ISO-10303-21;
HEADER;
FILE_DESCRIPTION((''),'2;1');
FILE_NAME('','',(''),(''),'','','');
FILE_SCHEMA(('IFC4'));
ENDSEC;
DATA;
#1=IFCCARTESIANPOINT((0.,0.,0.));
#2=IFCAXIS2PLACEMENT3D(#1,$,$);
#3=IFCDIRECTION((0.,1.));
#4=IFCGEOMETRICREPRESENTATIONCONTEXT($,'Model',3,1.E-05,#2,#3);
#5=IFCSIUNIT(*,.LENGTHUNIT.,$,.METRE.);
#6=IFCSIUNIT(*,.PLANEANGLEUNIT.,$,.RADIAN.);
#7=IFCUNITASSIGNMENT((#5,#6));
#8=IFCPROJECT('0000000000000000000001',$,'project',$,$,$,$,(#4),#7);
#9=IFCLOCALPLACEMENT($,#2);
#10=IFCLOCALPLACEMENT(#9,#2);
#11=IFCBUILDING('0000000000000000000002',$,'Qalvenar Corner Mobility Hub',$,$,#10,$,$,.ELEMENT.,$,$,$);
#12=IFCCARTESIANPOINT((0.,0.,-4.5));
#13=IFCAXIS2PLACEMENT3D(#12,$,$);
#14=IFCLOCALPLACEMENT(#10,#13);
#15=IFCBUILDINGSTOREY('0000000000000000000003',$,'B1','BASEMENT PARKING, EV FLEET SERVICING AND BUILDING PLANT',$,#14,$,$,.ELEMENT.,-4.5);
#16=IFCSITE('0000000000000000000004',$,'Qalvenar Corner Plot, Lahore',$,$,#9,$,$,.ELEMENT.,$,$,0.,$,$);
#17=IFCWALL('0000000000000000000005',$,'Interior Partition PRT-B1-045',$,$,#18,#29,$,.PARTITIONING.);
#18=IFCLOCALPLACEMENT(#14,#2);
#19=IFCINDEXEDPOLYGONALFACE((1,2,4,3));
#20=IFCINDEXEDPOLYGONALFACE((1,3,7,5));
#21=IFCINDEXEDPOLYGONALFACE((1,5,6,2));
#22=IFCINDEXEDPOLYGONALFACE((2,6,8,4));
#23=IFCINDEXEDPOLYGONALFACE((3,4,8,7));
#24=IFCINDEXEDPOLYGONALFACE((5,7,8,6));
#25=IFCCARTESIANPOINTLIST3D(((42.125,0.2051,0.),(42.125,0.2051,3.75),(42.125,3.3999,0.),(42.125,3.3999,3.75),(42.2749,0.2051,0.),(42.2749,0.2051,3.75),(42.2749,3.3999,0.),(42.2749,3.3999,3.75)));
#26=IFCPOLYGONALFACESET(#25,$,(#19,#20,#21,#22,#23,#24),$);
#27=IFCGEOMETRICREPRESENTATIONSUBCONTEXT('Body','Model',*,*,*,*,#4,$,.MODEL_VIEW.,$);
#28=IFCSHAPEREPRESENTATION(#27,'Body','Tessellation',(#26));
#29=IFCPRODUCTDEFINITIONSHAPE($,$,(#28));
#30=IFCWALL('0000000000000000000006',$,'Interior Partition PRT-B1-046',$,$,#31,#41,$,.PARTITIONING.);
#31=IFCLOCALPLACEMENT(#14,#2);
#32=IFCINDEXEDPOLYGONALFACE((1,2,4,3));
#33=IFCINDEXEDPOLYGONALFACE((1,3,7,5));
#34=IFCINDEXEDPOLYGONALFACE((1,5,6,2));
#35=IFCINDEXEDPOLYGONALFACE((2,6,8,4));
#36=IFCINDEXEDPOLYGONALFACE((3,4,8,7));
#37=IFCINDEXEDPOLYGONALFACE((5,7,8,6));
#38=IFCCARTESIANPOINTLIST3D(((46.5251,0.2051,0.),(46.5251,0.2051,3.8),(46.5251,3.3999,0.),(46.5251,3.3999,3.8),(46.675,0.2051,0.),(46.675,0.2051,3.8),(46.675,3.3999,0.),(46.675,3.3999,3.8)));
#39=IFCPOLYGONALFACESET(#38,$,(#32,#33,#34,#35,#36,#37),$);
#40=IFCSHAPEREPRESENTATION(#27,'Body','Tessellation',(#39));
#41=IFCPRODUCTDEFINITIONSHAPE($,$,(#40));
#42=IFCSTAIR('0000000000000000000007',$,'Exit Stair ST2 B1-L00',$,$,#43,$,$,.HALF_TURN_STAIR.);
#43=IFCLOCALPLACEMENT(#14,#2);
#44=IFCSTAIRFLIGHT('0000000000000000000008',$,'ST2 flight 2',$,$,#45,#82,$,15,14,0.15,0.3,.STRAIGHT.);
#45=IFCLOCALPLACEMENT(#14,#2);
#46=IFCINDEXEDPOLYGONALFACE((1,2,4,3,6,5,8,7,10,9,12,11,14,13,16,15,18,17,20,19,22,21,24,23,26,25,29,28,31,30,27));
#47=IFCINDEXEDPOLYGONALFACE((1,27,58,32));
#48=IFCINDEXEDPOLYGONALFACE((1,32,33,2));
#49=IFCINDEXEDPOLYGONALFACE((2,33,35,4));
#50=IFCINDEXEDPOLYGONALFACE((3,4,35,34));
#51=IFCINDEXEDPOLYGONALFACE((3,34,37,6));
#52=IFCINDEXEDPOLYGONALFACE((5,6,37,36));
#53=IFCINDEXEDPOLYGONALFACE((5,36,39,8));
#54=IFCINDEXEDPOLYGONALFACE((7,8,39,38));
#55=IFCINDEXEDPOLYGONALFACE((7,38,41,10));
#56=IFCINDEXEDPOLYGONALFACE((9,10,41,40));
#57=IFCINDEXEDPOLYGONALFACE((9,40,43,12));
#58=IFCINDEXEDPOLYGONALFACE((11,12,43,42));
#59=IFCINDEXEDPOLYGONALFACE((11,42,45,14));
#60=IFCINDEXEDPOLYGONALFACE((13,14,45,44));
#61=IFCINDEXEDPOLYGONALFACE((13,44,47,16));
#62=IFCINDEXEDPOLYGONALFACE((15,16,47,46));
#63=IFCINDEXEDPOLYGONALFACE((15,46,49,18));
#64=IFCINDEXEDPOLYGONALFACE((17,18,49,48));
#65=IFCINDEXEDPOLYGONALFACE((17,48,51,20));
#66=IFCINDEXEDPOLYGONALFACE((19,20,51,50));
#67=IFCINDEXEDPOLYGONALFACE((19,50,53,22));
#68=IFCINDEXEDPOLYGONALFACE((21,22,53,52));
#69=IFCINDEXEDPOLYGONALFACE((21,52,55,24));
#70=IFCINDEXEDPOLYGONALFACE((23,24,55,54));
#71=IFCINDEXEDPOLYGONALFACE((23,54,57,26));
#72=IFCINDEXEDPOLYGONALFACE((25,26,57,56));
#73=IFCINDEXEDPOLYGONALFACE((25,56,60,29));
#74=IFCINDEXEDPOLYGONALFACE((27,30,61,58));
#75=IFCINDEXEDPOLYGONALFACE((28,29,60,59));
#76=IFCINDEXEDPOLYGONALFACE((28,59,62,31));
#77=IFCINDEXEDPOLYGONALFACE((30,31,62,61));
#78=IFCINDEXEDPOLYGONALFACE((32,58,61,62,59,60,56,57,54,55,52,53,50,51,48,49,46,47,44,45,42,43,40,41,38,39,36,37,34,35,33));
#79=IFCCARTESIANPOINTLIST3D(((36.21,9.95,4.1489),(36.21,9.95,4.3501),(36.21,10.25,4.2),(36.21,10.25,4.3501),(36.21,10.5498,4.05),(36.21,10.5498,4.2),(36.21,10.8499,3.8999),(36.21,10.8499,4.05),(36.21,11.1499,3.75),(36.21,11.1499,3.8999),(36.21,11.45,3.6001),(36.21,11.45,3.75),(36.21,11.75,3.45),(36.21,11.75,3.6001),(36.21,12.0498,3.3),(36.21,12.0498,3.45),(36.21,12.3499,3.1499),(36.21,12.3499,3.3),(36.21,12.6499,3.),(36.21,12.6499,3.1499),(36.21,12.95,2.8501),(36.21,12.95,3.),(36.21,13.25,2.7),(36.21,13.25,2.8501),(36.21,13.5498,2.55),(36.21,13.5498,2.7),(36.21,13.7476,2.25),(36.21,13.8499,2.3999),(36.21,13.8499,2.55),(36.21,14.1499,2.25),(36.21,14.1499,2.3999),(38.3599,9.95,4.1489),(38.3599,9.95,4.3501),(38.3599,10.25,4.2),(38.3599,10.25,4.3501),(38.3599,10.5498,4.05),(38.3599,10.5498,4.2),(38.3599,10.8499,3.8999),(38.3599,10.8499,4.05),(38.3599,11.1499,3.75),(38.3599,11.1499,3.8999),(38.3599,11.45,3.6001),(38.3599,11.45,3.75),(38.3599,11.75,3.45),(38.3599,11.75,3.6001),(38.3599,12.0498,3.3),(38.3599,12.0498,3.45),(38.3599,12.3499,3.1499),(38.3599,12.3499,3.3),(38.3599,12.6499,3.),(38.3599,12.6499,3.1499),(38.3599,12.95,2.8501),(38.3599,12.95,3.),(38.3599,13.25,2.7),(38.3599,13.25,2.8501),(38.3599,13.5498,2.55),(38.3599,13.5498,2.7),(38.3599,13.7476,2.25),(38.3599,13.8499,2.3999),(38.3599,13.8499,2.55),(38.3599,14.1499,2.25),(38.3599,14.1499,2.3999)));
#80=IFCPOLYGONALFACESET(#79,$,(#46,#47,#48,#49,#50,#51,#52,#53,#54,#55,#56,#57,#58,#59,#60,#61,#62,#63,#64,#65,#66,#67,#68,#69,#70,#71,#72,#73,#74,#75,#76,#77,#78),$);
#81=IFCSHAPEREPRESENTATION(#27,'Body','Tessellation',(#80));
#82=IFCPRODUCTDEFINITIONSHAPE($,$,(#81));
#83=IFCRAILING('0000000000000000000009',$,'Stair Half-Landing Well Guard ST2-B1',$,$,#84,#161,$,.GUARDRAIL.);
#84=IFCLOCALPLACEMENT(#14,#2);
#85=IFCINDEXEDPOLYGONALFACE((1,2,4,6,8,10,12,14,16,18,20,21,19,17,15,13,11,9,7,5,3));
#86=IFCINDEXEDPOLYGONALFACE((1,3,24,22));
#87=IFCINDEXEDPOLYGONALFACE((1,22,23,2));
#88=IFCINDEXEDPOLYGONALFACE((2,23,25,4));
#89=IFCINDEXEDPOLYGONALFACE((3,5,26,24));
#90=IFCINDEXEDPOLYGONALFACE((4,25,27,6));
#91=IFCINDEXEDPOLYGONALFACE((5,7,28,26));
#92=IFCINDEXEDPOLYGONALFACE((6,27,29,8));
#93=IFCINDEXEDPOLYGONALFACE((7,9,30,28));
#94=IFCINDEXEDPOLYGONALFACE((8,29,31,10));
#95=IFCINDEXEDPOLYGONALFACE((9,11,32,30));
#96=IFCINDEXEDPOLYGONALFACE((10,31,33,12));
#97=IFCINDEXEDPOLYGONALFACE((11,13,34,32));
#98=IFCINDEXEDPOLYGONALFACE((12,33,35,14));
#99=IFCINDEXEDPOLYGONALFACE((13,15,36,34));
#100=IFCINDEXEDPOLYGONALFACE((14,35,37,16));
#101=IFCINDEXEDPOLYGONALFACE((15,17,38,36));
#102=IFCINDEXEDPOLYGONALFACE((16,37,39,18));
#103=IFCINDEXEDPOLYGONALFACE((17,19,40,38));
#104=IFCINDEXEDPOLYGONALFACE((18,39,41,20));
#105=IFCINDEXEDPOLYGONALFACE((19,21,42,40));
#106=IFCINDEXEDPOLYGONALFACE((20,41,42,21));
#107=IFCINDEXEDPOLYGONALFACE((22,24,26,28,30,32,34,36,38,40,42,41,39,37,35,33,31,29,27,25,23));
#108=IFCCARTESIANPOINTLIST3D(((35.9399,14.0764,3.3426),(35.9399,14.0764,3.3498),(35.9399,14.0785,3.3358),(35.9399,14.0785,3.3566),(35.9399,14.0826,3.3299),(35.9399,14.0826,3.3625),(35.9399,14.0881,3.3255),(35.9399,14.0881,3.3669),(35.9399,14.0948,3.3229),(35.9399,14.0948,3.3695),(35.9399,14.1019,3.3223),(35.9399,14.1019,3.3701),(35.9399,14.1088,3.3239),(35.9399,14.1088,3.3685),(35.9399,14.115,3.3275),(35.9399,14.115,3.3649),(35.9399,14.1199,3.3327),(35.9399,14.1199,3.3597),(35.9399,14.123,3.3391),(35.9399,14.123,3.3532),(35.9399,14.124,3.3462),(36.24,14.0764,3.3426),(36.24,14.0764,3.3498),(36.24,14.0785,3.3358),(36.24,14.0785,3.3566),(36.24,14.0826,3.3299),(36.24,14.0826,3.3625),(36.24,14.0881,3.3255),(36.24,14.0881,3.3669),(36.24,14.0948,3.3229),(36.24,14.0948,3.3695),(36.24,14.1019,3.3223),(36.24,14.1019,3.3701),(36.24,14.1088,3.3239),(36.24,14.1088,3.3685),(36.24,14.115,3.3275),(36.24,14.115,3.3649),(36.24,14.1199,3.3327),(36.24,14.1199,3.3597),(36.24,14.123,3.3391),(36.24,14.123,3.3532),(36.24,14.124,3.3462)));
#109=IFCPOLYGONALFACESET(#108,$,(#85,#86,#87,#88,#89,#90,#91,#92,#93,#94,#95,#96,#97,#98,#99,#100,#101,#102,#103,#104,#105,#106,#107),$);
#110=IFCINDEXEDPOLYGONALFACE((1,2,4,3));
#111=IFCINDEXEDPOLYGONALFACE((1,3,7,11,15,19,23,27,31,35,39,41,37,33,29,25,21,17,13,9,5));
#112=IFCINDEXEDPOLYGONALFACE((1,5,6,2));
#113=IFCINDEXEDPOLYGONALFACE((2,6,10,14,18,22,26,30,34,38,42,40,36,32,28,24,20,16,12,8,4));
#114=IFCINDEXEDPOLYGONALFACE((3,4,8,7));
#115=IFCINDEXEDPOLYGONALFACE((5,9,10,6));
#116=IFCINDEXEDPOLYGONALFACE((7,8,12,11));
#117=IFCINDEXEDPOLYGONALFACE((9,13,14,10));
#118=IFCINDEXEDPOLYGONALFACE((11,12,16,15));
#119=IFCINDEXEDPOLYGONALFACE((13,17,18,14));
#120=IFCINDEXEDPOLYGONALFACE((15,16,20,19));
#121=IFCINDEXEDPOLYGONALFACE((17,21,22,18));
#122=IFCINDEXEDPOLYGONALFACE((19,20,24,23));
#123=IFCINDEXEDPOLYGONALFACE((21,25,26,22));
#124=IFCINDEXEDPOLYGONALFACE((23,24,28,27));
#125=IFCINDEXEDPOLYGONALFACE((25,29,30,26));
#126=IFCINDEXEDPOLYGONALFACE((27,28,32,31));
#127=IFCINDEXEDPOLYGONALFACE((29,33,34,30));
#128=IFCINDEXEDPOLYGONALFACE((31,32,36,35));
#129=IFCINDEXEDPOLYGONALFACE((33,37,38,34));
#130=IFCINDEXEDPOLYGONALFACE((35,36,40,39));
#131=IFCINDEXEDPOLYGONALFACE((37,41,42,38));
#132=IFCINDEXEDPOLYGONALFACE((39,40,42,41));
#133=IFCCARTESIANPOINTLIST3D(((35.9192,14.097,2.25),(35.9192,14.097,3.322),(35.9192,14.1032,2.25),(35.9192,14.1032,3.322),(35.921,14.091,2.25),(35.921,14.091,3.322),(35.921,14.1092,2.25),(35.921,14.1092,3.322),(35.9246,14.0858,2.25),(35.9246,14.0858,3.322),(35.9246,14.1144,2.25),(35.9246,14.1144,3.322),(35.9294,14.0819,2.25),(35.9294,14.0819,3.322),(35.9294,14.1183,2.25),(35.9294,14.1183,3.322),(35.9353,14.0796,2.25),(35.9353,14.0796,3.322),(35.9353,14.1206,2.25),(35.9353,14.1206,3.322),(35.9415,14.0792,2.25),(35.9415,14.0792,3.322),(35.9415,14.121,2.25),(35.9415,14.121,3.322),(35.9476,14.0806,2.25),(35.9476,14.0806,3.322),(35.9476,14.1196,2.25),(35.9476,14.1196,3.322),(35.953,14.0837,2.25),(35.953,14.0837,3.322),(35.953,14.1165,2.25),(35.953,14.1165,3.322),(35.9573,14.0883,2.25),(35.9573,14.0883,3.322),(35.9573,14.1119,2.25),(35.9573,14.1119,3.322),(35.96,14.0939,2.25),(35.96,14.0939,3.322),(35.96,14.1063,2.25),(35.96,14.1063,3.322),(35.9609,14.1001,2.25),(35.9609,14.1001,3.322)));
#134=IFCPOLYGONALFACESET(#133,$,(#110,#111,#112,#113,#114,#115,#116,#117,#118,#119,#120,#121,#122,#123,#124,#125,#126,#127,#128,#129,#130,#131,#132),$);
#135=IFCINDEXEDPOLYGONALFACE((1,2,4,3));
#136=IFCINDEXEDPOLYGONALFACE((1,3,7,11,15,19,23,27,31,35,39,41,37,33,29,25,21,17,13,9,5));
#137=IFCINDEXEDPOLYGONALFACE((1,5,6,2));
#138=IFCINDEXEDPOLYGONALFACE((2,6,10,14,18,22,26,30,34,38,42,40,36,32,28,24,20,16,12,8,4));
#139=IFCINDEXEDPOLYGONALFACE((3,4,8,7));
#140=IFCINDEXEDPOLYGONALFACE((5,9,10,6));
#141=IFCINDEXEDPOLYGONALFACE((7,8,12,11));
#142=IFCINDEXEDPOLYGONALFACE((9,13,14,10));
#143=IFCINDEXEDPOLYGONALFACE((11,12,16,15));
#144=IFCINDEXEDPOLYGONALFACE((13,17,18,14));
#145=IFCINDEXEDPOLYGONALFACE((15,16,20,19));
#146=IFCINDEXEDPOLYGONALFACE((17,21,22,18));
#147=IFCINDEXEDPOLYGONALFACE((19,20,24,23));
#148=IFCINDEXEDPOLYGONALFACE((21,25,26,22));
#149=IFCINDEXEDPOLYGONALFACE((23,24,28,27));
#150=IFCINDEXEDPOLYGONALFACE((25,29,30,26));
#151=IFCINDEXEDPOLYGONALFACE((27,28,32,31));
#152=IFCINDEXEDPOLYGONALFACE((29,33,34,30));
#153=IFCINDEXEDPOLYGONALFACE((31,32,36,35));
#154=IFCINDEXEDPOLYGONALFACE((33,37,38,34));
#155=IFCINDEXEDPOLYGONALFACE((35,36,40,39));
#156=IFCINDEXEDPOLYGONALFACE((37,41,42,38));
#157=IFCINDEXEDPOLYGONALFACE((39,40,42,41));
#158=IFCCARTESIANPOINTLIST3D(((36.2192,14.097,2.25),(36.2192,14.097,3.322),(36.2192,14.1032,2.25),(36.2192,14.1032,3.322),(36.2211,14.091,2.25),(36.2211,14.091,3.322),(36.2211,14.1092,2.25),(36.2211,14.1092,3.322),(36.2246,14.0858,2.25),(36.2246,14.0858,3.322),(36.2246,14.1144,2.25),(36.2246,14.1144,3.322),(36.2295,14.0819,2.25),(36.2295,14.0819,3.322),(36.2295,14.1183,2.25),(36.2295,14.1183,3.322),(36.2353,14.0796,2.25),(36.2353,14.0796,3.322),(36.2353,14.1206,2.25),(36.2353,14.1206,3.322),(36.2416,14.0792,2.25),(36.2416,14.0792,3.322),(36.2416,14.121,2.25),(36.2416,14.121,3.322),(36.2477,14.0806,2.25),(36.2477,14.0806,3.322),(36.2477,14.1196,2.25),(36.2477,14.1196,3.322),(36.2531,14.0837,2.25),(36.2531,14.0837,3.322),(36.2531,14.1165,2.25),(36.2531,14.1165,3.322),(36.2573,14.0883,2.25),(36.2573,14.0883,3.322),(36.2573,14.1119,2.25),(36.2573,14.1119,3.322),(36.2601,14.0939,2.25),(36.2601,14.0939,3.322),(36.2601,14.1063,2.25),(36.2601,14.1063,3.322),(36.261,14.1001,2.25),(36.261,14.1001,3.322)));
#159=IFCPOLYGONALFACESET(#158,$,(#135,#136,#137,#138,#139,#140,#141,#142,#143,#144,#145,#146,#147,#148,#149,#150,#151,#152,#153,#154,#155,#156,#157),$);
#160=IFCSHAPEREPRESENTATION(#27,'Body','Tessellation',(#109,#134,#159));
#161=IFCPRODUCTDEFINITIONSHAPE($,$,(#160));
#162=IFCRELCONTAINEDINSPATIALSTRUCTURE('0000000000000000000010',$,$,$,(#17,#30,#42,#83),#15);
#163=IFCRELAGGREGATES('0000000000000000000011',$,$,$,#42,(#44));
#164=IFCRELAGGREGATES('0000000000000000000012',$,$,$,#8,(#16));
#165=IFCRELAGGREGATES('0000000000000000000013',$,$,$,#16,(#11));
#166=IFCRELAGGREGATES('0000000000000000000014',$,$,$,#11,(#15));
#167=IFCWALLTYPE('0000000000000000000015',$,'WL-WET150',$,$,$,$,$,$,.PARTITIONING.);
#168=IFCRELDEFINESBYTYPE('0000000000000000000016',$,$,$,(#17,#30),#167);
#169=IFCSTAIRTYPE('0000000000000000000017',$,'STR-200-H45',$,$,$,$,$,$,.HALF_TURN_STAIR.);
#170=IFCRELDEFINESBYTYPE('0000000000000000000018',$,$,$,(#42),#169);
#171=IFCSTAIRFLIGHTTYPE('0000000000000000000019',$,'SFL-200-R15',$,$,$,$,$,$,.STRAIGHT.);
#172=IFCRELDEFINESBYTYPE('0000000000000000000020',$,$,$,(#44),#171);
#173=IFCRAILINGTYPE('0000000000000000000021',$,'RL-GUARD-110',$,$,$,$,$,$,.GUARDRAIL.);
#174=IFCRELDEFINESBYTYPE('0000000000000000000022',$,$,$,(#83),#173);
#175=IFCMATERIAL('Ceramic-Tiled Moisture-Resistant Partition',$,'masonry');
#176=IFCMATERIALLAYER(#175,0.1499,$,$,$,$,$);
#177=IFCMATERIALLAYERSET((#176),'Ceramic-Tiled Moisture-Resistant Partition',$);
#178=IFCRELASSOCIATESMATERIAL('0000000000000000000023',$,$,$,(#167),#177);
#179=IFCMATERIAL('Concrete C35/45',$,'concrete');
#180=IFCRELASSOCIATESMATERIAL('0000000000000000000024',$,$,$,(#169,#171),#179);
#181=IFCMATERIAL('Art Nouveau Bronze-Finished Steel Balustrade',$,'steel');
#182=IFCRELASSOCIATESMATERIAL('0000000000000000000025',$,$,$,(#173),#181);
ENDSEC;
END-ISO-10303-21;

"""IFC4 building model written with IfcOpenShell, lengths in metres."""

from ifc_helpers import new_model, si_unit, direction, frame, frame_2d, origin, origin_2d, place, context, subcontext, project, spatial, polyline, rectangle, circle, outline, extrude, material, layer, layer_set, type_object, element, aggregate, save


model = new_model("IFC4")

# Units and contexts
model_context = context("Model", 3, precision=1e-05, world=origin(), true_north=direction((0.0, 1.0)))
body_context = subcontext(model_context, "Body", "Model", "MODEL_VIEW")
ifc_project = project(units=[si_unit("LENGTHUNIT", "METRE"), si_unit("PLANEANGLEUNIT", "RADIAN")], contexts=[model_context])

# Site, building, storey
site_placement = place(None, origin())
site = spatial("IfcSite", under=ifc_project, at=site_placement, Name="Qalvenar Corner Plot, Lahore", CompositionType="ELEMENT", RefElevation=0.0)
building_placement = place(site_placement, origin())
building = spatial("IfcBuilding", under=site, at=building_placement, Name="Qalvenar Corner Mobility Hub", CompositionType="ELEMENT")
storey_placement = place(building_placement, frame((0.0, 0.0, -4.5)))
storey = spatial("IfcBuildingStorey", under=building, at=storey_placement, Name="B1", Description="BASEMENT PARKING, EV FLEET SERVICING AND BUILDING PLANT", CompositionType="ELEMENT", Elevation=-4.5)

# Shared definitions
ifc_material_1 = material(Name="Ceramic-Tiled Moisture-Resistant Partition", Category="masonry")
ifc_layer_1 = layer(ifc_material_1, 0.1499)
ifc_layer_set_1 = layer_set([ifc_layer_1], Name="Ceramic-Tiled Moisture-Resistant Partition")
wall_type_1 = type_object("IfcWallType", Name="WL-WET150", PredefinedType="PARTITIONING", material=ifc_layer_set_1)

# Walls
wall_1_placement = place(storey_placement, frame((42.2, 0.2051, 0.0), z_axis=(0.0, 0.0, 1.0), x_axis=(0.0, 1.0, 0.0)))
element("IfcWall", 1, at=wall_1_placement, inside=storey, type_object=wall_type_1, Name="Interior Partition PRT-B1-045", PredefinedType="PARTITIONING", context=body_context, shape_type="SweptSolid", body=[
    extrude(rectangle(XDim=3.1948, YDim=0.1499, at=frame_2d((1.5974, 0.0))), origin(), (0.0, 0.0, 1.0), 3.75),
])
wall_2_placement = place(storey_placement, frame((46.6001, 0.2051, 0.0), z_axis=(0.0, 0.0, 1.0), x_axis=(0.0, 1.0, 0.0)))
element("IfcWall", 2, at=wall_2_placement, inside=storey, type_object=wall_type_1, Name="Interior Partition PRT-B1-046", PredefinedType="PARTITIONING", context=body_context, shape_type="SweptSolid", body=[
    extrude(rectangle(XDim=3.1948, YDim=0.1499, at=frame_2d((1.5974, 0.0))), origin(), (0.0, 0.0, 1.0), 3.8),
])

# Stair, stair flight
ifc_material_2 = material(Name="Concrete C35/45", Category="concrete")
stair_type = type_object("IfcStairType", Name="STR-200-H45", PredefinedType="HALF_TURN_STAIR", material=ifc_material_2)
stair_placement = place(storey_placement, origin())
stair = element("IfcStair", 3, at=stair_placement, inside=storey, type_object=stair_type, Name="Exit Stair ST2 B1-L00", PredefinedType="HALF_TURN_STAIR")
stair_flight_type = type_object("IfcStairFlightType", Name="SFL-200-R15", PredefinedType="STRAIGHT", material=ifc_material_2)
stair_flight_placement = place(storey_placement, frame((37.2849, 14.1499, 2.25), z_axis=(0.0, 0.0, 1.0), x_axis=(0.0, -1.0, 0.0)))
stair_flight = element("IfcStairFlight", 4, at=stair_flight_placement, type_object=stair_flight_type, Name="ST2 flight 2", NumberOfRisers=15, NumberOfTreads=14, PredefinedType="STRAIGHT", RiserHeight=0.15, TreadLength=0.3, context=body_context, shape_type="SweptSolid", body=[
    extrude(outline(polyline([(0.0, 0.0), (0.0, 0.1499), (0.3, 0.1499), (0.3, 0.3), (0.6001, 0.3), (0.6001, 0.45), (0.8999, 0.45), (0.8999, 0.6001), (1.2, 0.6001), (1.2, 0.75), (1.5, 0.75), (1.5, 0.8999), (1.8, 0.8999), (1.8, 1.05), (2.1001, 1.05), (2.1001, 1.2), (2.3999, 1.2), (2.3999, 1.3501), (2.7, 1.3501), (2.7, 1.5), (3.0, 1.5), (3.0, 1.6499), (3.3, 1.6499), (3.3, 1.8), (3.6001, 1.8), (3.6001, 1.95), (3.8999, 1.95), (3.8999, 2.1001), (4.2, 2.1001), (4.2, 2.25), (4.2, 1.8989), (0.4023, 0.0), (0.0, 0.0)])), frame((0.0, 1.075, 0.0), z_axis=(0.0, -1.0, 0.0), x_axis=(1.0, 0.0, 0.0)), (0.0, 0.0, 1.0), 2.1499),
])
aggregate(stair, [stair_flight])

# Railing
ifc_material_3 = material(Name="Art Nouveau Bronze-Finished Steel Balustrade", Category="steel")
railing_type_1 = type_object("IfcRailingType", Name="RL-GUARD-110", PredefinedType="GUARDRAIL", material=ifc_material_3)
railing_1_placement = place(storey_placement, frame((35.9399, 14.1001, 2.25)))
element("IfcRailing", 5, at=railing_1_placement, inside=storey, type_object=railing_type_1, Name="Stair Half-Landing Well Guard ST2-B1", PredefinedType="GUARDRAIL", context=body_context, shape_type="SweptSolid", body=[
    extrude(circle(Radius=0.0239, at=origin_2d()), frame((0.0, 0.0, 1.0962), z_axis=(1.0, 0.0, 0.0), x_axis=(0.0, 1.0, 0.0)), (0.0, 0.0, 1.0), 0.3),
    extrude(circle(Radius=0.021, at=origin_2d()), origin(), (0.0, 0.0, 1.0), 1.072),
    extrude(circle(Radius=0.021, at=origin_2d()), frame((0.3, 0.0, 0.0)), (0.0, 0.0, 1.0), 1.072),
])

save(model, "model.ifc")
